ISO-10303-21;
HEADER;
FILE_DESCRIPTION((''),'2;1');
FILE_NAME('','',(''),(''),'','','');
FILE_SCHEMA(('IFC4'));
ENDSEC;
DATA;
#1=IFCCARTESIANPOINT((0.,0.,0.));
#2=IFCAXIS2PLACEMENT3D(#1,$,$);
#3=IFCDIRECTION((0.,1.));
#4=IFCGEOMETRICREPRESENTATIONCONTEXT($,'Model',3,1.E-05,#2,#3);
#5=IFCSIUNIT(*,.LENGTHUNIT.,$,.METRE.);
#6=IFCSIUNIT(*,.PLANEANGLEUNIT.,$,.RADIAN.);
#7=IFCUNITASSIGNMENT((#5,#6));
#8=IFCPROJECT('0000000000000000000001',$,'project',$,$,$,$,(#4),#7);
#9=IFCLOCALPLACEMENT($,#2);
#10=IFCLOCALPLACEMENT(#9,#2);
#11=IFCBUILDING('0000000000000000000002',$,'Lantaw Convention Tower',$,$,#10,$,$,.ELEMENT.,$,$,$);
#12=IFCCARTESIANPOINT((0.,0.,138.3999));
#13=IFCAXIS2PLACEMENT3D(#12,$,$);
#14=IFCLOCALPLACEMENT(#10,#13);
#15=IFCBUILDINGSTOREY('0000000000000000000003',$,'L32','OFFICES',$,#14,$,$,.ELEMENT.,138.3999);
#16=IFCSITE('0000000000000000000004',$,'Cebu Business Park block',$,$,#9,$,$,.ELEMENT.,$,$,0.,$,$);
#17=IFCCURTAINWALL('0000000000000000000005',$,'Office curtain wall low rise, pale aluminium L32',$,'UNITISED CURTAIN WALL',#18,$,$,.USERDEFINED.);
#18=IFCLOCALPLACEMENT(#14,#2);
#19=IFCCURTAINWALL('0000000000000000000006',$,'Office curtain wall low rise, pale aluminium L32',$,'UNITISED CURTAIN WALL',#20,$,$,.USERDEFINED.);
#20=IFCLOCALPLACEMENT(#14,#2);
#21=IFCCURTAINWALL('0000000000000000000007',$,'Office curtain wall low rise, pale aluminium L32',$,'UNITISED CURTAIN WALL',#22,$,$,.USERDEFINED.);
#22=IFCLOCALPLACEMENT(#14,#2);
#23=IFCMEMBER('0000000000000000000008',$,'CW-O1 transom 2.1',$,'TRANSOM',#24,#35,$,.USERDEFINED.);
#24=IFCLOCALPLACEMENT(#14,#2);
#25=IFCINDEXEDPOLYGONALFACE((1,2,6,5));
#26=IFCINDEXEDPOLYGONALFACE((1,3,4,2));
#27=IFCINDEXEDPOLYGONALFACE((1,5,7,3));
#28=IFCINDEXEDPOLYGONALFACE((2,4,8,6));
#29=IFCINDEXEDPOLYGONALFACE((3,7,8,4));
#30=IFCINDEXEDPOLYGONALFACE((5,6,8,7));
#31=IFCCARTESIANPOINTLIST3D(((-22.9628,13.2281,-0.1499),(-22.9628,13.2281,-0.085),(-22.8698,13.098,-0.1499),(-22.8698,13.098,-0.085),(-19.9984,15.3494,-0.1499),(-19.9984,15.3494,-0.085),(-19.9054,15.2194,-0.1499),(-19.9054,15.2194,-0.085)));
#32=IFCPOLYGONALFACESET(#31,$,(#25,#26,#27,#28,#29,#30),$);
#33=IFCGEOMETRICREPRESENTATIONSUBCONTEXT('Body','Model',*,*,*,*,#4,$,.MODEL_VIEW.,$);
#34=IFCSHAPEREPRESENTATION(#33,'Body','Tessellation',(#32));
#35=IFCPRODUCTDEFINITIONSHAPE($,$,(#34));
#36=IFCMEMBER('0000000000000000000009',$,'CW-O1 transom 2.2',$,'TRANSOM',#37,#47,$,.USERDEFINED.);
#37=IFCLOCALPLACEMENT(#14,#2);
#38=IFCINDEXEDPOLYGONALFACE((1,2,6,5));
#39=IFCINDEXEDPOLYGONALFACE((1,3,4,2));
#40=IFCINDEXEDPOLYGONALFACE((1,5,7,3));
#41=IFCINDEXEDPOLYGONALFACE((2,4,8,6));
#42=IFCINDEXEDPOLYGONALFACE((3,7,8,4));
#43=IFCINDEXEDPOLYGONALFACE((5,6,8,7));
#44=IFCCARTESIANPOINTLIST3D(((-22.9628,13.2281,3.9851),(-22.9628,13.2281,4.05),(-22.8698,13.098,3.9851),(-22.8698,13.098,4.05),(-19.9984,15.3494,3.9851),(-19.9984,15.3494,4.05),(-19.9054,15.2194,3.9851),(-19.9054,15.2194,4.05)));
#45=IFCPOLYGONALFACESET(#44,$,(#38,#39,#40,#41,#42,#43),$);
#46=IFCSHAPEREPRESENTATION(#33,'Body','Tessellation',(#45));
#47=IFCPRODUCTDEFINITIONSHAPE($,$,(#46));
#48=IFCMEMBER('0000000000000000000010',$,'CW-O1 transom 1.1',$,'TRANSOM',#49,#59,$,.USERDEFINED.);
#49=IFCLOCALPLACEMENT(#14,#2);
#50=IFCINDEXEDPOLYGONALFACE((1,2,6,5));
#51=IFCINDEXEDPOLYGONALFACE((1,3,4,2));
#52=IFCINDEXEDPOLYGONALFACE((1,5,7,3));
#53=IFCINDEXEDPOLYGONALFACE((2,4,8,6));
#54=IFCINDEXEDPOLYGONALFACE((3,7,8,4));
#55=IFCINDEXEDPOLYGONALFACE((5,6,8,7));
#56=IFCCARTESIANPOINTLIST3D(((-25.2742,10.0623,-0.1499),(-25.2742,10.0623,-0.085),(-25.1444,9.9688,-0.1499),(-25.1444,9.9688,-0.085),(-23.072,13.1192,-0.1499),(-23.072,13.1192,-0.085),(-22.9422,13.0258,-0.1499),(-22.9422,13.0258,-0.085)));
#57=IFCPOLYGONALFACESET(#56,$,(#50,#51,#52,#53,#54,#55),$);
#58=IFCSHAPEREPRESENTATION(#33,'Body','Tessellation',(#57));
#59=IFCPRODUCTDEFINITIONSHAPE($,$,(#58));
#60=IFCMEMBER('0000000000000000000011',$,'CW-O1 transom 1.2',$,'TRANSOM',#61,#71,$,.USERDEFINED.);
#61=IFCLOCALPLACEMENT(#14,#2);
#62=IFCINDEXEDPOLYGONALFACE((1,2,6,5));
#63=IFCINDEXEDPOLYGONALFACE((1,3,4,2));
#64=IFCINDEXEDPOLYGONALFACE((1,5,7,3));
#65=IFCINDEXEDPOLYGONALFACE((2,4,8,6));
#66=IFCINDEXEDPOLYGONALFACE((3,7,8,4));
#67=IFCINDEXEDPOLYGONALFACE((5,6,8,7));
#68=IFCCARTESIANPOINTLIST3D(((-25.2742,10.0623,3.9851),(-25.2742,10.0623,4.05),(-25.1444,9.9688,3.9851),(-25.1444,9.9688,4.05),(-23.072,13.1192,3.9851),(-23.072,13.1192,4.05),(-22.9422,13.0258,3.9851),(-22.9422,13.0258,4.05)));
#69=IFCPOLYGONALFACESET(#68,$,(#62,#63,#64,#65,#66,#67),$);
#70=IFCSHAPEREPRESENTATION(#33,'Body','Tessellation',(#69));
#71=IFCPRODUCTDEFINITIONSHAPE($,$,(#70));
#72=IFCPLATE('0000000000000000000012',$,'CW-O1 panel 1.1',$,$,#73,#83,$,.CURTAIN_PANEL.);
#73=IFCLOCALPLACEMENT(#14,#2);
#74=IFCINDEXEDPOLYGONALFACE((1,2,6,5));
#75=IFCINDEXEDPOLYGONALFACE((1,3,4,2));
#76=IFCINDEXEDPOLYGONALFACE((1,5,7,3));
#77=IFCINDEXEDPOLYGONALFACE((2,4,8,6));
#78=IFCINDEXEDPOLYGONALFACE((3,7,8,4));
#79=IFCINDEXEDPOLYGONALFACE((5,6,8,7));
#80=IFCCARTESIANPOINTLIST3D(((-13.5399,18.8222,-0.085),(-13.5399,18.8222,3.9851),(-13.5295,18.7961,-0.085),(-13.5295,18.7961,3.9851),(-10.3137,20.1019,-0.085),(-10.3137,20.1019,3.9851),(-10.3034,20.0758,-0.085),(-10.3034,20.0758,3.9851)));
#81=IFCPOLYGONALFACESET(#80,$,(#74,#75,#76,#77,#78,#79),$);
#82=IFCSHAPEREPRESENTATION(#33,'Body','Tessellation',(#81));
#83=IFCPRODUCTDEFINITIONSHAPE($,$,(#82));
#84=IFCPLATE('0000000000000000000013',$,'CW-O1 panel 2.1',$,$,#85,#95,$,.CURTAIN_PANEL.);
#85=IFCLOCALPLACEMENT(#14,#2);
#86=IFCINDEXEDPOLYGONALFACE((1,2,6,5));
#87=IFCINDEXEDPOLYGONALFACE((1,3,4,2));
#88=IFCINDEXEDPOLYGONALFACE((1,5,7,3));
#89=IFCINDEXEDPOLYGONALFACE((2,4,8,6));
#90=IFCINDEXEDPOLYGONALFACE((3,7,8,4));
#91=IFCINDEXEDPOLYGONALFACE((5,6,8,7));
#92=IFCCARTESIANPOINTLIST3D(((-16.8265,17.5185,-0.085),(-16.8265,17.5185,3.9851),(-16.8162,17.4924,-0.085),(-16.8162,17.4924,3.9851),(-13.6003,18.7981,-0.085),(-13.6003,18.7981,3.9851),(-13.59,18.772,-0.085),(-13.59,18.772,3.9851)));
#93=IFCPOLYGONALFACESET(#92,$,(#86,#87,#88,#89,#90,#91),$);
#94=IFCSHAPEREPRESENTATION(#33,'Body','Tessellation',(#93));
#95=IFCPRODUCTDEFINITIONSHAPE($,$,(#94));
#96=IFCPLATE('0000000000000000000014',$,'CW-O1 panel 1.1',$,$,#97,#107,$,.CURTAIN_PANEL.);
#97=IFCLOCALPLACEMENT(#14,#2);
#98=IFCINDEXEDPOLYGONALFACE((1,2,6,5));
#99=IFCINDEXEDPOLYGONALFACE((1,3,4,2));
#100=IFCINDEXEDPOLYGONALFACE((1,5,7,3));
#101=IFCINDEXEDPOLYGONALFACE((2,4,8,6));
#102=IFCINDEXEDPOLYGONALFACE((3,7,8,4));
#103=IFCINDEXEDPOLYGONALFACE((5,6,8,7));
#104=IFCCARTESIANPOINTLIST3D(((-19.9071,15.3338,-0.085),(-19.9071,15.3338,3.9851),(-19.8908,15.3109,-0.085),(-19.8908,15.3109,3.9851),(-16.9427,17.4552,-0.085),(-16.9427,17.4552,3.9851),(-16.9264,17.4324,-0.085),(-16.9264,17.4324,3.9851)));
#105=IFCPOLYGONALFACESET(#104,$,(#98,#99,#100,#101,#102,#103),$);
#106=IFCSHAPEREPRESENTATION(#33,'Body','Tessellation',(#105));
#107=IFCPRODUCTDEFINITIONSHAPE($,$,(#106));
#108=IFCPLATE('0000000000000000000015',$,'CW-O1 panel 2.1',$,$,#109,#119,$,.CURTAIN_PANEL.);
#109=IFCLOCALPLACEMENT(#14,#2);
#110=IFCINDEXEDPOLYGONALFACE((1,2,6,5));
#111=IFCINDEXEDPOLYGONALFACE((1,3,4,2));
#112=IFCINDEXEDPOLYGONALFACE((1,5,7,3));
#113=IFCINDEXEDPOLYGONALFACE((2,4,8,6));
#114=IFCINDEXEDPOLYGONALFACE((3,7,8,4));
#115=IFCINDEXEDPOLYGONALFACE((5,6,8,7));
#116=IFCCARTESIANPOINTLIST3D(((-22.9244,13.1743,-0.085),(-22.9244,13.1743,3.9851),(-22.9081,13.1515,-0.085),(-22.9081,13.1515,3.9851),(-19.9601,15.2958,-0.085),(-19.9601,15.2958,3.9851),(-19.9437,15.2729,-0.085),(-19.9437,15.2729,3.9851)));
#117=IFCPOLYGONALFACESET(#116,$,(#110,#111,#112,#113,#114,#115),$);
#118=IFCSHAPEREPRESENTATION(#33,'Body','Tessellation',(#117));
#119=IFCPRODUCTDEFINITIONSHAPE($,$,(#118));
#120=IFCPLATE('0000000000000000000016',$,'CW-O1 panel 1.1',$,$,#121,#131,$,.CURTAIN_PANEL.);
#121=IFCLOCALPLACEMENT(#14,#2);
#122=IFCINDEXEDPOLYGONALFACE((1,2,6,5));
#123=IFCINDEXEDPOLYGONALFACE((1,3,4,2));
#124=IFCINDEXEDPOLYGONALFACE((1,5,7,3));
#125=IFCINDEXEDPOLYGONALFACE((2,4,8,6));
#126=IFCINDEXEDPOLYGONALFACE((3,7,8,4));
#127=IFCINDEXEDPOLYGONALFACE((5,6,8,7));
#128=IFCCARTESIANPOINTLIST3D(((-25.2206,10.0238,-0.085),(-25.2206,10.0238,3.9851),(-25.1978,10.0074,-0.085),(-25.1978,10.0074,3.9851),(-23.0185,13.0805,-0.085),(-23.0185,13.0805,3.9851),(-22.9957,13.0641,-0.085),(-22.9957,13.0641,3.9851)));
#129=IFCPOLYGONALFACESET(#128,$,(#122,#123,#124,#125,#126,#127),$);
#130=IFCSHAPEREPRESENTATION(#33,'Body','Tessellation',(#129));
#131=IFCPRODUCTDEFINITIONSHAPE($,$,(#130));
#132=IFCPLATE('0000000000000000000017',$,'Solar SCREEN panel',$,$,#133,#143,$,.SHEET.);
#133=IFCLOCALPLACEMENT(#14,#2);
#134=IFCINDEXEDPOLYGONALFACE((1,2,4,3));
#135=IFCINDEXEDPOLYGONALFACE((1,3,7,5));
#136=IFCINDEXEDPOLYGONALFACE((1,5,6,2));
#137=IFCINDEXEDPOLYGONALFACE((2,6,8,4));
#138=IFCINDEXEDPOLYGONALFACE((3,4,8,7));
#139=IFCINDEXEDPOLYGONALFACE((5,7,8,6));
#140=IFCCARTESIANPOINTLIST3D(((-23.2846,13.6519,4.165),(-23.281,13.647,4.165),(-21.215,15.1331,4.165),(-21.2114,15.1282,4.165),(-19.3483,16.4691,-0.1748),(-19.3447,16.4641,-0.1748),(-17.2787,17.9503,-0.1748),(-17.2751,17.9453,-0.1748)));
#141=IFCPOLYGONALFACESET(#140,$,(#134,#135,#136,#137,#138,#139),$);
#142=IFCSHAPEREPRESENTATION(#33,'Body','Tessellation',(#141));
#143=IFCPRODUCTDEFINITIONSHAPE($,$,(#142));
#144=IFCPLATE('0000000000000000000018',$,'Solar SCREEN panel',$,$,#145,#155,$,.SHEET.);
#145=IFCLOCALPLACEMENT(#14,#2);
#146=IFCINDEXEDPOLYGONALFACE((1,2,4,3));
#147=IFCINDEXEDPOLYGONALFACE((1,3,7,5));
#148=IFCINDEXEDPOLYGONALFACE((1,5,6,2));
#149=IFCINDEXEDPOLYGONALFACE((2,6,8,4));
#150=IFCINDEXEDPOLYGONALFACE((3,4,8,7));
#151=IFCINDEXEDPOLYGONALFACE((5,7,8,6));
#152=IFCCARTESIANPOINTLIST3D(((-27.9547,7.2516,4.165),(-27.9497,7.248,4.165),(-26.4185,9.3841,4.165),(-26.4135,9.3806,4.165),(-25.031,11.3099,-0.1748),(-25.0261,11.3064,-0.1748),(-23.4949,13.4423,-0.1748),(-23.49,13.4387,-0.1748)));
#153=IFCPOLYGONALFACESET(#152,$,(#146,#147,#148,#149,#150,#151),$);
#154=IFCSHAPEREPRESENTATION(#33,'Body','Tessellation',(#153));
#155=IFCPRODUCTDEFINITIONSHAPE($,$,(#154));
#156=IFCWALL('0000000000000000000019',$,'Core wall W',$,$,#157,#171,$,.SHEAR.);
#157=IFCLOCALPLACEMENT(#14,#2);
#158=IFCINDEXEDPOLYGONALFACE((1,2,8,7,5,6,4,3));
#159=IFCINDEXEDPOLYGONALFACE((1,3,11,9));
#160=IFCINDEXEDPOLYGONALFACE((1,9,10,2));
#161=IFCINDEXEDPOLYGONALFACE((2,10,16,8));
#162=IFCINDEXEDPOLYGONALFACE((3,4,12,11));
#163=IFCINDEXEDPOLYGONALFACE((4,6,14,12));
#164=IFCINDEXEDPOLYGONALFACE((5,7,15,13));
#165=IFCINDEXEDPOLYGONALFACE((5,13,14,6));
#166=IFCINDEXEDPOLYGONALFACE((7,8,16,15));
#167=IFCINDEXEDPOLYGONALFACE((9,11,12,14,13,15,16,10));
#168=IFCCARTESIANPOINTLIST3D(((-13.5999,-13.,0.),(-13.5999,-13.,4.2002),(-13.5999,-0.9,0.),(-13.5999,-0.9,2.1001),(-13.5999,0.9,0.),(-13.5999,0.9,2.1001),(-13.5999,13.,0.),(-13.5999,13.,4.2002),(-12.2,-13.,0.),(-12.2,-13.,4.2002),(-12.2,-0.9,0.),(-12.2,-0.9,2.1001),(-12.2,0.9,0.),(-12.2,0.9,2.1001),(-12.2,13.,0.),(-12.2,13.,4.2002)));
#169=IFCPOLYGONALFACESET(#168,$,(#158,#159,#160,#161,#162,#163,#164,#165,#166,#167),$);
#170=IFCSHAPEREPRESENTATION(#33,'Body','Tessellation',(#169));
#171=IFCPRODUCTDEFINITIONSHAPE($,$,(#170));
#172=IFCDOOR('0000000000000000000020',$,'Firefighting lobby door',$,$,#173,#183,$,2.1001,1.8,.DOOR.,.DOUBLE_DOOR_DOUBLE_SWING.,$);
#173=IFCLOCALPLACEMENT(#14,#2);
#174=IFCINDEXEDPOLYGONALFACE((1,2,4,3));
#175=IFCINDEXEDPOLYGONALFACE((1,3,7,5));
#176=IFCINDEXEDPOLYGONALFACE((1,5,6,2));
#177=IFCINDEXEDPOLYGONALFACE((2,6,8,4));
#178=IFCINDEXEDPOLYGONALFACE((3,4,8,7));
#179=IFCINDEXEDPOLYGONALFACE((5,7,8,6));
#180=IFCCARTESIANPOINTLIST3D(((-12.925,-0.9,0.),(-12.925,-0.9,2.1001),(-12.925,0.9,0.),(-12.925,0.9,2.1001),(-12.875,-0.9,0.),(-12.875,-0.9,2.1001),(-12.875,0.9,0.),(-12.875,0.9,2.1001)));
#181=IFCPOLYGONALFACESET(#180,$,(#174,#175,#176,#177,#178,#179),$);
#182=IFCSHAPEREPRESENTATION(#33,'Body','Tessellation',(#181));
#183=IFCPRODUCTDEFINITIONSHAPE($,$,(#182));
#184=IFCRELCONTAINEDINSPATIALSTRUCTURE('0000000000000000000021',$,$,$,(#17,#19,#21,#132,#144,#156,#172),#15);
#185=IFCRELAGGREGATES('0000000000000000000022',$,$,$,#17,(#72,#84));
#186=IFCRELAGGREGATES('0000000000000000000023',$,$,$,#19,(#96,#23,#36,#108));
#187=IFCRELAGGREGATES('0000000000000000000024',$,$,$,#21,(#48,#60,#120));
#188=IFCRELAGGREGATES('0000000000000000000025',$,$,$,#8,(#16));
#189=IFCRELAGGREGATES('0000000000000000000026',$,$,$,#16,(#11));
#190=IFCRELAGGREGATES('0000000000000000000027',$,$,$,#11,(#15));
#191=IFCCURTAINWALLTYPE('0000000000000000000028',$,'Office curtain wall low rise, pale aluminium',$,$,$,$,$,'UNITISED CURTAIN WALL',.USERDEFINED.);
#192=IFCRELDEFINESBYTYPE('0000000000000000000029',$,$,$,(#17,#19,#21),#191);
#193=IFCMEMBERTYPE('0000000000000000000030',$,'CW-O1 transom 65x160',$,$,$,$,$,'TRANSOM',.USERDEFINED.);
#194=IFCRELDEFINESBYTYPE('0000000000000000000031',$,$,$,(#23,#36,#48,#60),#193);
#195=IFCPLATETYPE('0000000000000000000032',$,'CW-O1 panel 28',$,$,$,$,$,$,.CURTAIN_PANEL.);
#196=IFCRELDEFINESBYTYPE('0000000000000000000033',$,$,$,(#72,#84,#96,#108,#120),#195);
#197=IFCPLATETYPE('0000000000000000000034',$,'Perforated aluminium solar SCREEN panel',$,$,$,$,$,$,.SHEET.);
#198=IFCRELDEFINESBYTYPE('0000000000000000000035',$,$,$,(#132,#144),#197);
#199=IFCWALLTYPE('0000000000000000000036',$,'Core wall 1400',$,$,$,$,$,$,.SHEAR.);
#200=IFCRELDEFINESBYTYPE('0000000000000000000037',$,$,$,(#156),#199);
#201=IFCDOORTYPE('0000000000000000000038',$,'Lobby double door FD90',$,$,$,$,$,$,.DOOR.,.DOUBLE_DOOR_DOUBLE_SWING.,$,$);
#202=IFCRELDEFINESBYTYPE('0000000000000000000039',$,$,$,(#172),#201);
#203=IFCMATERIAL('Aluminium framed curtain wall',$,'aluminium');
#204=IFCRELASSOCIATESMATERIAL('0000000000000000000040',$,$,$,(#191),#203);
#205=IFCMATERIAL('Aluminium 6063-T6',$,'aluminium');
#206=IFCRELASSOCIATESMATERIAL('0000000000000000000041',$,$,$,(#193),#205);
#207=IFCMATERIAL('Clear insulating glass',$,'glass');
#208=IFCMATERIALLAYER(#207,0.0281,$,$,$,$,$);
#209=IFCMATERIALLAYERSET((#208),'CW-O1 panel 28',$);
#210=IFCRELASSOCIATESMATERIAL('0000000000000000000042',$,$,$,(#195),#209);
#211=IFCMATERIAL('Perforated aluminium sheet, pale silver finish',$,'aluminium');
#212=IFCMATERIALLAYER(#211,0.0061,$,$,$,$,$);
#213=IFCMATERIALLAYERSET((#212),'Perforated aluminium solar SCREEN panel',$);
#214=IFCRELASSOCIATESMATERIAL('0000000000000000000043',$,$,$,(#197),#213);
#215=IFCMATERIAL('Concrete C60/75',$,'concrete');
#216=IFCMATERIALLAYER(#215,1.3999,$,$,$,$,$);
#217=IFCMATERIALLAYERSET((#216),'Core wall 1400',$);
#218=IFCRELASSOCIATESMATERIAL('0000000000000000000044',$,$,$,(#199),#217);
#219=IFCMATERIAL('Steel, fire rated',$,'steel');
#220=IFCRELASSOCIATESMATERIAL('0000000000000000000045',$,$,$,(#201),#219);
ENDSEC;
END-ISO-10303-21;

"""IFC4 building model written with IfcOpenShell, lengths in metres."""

from ifc_helpers import new_model, si_unit, direction, frame, frame_2d, origin, origin_2d, place, context, subcontext, project, spatial, polyline, rectangle, outline, extrude, material, layer, layer_set, material_profile, profile_set, type_object, element, fill, aggregate, save


model = new_model("IFC4")

# Units and contexts
model_context = context("Model", 3, precision=1e-05, world=origin(), true_north=direction((0.0, 1.0)))
body_context = subcontext(model_context, "Body", "Model", "MODEL_VIEW")
ifc_project = project(units=[si_unit("LENGTHUNIT", "METRE"), si_unit("PLANEANGLEUNIT", "RADIAN")], contexts=[model_context])

# Site, building, storey
site_placement = place(None, origin())
site = spatial("IfcSite", under=ifc_project, at=site_placement, Name="Cebu Business Park block", CompositionType="ELEMENT", RefElevation=0.0)
building_placement = place(site_placement, origin())
building = spatial("IfcBuilding", under=site, at=building_placement, Name="Lantaw Convention Tower", CompositionType="ELEMENT")
storey_placement = place(building_placement, frame((0.0, 0.0, 138.3999)))
storey = spatial("IfcBuildingStorey", under=building, at=storey_placement, Name="L32", Description="OFFICES", CompositionType="ELEMENT", Elevation=138.3999)

# Shared definitions
ifc_material_1 = material(Name="Concrete C60/75", Category="concrete")

# Curtain walls
ifc_material_2 = material(Name="Aluminium framed curtain wall", Category="aluminium")
curtain_wall_type = type_object("IfcCurtainWallType", Name="Office curtain wall low rise, pale aluminium", ElementType="UNITISED CURTAIN WALL", PredefinedType="USERDEFINED", material=ifc_material_2)
curtain_wall_1_placement = place(storey_placement, origin())
curtain_wall_1 = element("IfcCurtainWall", 1, at=curtain_wall_1_placement, inside=storey, type_object=curtain_wall_type, Name="Office curtain wall low rise, pale aluminium L32", ObjectType="UNITISED CURTAIN WALL", PredefinedType="USERDEFINED")
ifc_material_3 = material(Name="Aluminium 6063-T6", Category="aluminium")
curtain_wall_2_placement = place(storey_placement, origin())
curtain_wall_2 = element("IfcCurtainWall", 2, at=curtain_wall_2_placement, inside=storey, type_object=curtain_wall_type, Name="Office curtain wall low rise, pale aluminium L32", ObjectType="UNITISED CURTAIN WALL", PredefinedType="USERDEFINED")
curtain_wall_3_placement = place(storey_placement, origin())
curtain_wall_3 = element("IfcCurtainWall", 3, at=curtain_wall_3_placement, inside=storey, type_object=curtain_wall_type, Name="Office curtain wall low rise, pale aluminium L32", ObjectType="UNITISED CURTAIN WALL", PredefinedType="USERDEFINED")

# Members
ifc_material_profile_1 = material_profile(ifc_material_3, rectangle(XDim=0.1599, YDim=0.0649, at=origin_2d()), Name="CW-O1 transom 65x160")
ifc_profile_set_1 = profile_set([ifc_material_profile_1], Name="Aluminium 6063-T6")
member_type_1 = type_object("IfcMemberType", Name="CW-O1 transom 65x160", ElementType="TRANSOM", PredefinedType="USERDEFINED", material=ifc_profile_set_1)
member_1_placement = place(storey_placement, frame((-19.9519, 15.2844, -0.1174), z_axis=(-0.813222, -0.581954, 0.0), x_axis=(0.581954, -0.813222, 0.0)))
member_1 = element("IfcMember", 4, at=member_1_placement, type_object=member_type_1, Name="CW-O1 transom 2.1", ObjectType="TRANSOM", PredefinedType="USERDEFINED", context=body_context, shape_type="SweptSolid", body=[
    extrude(rectangle(XDim=0.1599, YDim=0.0649, at=origin_2d()), origin(), (0.0, 0.0, 1.0), 3.6453),
])
member_2_placement = place(storey_placement, frame((-19.9519, 15.2844, 4.0176), z_axis=(-0.813222, -0.581954, 0.0), x_axis=(0.581954, -0.813222, 0.0)))
member_2 = element("IfcMember", 5, at=member_2_placement, type_object=member_type_1, Name="CW-O1 transom 2.2", ObjectType="TRANSOM", PredefinedType="USERDEFINED", context=body_context, shape_type="SweptSolid", body=[
    extrude(rectangle(XDim=0.1599, YDim=0.0649, at=origin_2d()), origin(), (0.0, 0.0, 1.0), 3.6453),
])
member_3_placement = place(storey_placement, frame((-23.0071, 13.0725, -0.1174), z_axis=(-0.584513, -0.811384, 0.0), x_axis=(0.811384, -0.584513, 0.0)))
member_3 = element("IfcMember", 6, at=member_3_placement, type_object=member_type_1, Name="CW-O1 transom 1.1", ObjectType="TRANSOM", PredefinedType="USERDEFINED", context=body_context, shape_type="SweptSolid", body=[
    extrude(rectangle(XDim=0.1599, YDim=0.0649, at=origin_2d()), origin(), (0.0, 0.0, 1.0), 3.7676),
])
member_4_placement = place(storey_placement, frame((-23.0071, 13.0725, 4.0176), z_axis=(-0.584513, -0.811384, 0.0), x_axis=(0.811384, -0.584513, 0.0)))
member_4 = element("IfcMember", 7, at=member_4_placement, type_object=member_type_1, Name="CW-O1 transom 1.2", ObjectType="TRANSOM", PredefinedType="USERDEFINED", context=body_context, shape_type="SweptSolid", body=[
    extrude(rectangle(XDim=0.1599, YDim=0.0649, at=origin_2d()), origin(), (0.0, 0.0, 1.0), 3.7676),
])

# Plates
ifc_material_4 = material(Name="Clear insulating glass", Category="glass")
ifc_layer_1 = layer(ifc_material_4, 0.0281)
ifc_layer_set_1 = layer_set([ifc_layer_1], Name="CW-O1 panel 28")
plate_type_1 = type_object("IfcPlateType", Name="CW-O1 panel 28", PredefinedType="CURTAIN_PANEL", material=ifc_layer_set_1)
plate_1_placement = place(storey_placement, frame((-11.9216, 19.449, -0.085), z_axis=(0.0, 0.0, 1.0), x_axis=(-0.929548, -0.368702, 0.0)))
plate_1 = element("IfcPlate", 8, at=plate_1_placement, type_object=plate_type_1, Name="CW-O1 panel 1.1", PredefinedType="CURTAIN_PANEL", context=body_context, shape_type="SweptSolid", body=[
    extrude(rectangle(XDim=3.4707, YDim=0.0281, at=origin_2d()), origin(), (0.0, 0.0, 1.0), 4.0701),
])
plate_2_placement = place(storey_placement, frame((-15.2083, 18.1453, -0.085), z_axis=(0.0, 0.0, 1.0), x_axis=(-0.929548, -0.368702, 0.0)))
plate_2 = element("IfcPlate", 9, at=plate_2_placement, type_object=plate_type_1, Name="CW-O1 panel 2.1", PredefinedType="CURTAIN_PANEL", context=body_context, shape_type="SweptSolid", body=[
    extrude(rectangle(XDim=3.4707, YDim=0.0281, at=origin_2d()), origin(), (0.0, 0.0, 1.0), 4.0701),
])
aggregate(curtain_wall_1, [plate_1, plate_2])
plate_3_placement = place(storey_placement, frame((-18.4167, 16.3831, -0.085), z_axis=(0.0, 0.0, 1.0), x_axis=(-0.813208, -0.581973, 0.0)))
plate_3 = element("IfcPlate", 10, at=plate_3_placement, type_object=plate_type_1, Name="CW-O1 panel 1.1", PredefinedType="CURTAIN_PANEL", context=body_context, shape_type="SweptSolid", body=[
    extrude(rectangle(XDim=3.6453, YDim=0.0281, at=origin_2d()), origin(), (0.0, 0.0, 1.0), 4.0701),
])
plate_4_placement = place(storey_placement, frame((-21.4341, 14.2236, -0.085), z_axis=(0.0, 0.0, 1.0), x_axis=(-0.813208, -0.581973, 0.0)))
plate_4 = element("IfcPlate", 11, at=plate_4_placement, type_object=plate_type_1, Name="CW-O1 panel 2.1", PredefinedType="CURTAIN_PANEL", context=body_context, shape_type="SweptSolid", body=[
    extrude(rectangle(XDim=3.6453, YDim=0.0281, at=origin_2d()), origin(), (0.0, 0.0, 1.0), 4.0701),
])
aggregate(curtain_wall_2, [plate_3, member_1, member_2, plate_4])
plate_5_placement = place(storey_placement, frame((-24.1082, 11.5439, -0.085), z_axis=(0.0, 0.0, 1.0), x_axis=(-0.584513, -0.811385, 0.0)))
plate_5 = element("IfcPlate", 12, at=plate_5_placement, type_object=plate_type_1, Name="CW-O1 panel 1.1", PredefinedType="CURTAIN_PANEL", context=body_context, shape_type="SweptSolid", body=[
    extrude(rectangle(XDim=3.7673, YDim=0.0281, at=origin_2d()), origin(), (0.0, 0.0, 1.0), 4.0701),
])
aggregate(curtain_wall_3, [member_3, member_4, plate_5])

# Plates
ifc_material_5 = material(Name="Perforated aluminium sheet, pale silver finish", Category="aluminium")
ifc_layer_2 = layer(ifc_material_5, 0.0061)
ifc_layer_set_2 = layer_set([ifc_layer_2], Name="Perforated aluminium solar SCREEN panel")
plate_type_2 = type_object("IfcPlateType", Name="Perforated aluminium solar SCREEN panel", PredefinedType="SHEET", material=ifc_layer_set_2)
plate_6_placement = place(storey_placement, frame((-17.2751, 17.9453, -0.1748), z_axis=(0.582, -0.813189, 0.000012), x_axis=(-0.813189, -0.582, 0.0)))
element("IfcPlate", 13, at=plate_6_placement, inside=storey, type_object=plate_type_2, Name="Solar SCREEN panel", PredefinedType="SHEET", context=body_context, shape_type="SweptSolid", body=[
    extrude(outline(polyline([(0.0, 0.0), (2.545, 0.0), (7.3855, -4.3398), (4.8405, -4.3398), (0.0, 0.0)])), origin(), (0.0, 0.0, -1.0), 0.0061),
])
plate_7_placement = place(storey_placement, frame((-23.49, 13.4387, -0.1748), z_axis=(0.811395, -0.584498, 0.000036), x_axis=(-0.584498, -0.811395, 0.0)))
element("IfcPlate", 14, at=plate_7_placement, inside=storey, type_object=plate_type_2, Name="Solar SCREEN panel", PredefinedType="SHEET", context=body_context, shape_type="SweptSolid", body=[
    extrude(outline(polyline([(0.0, 0.0), (2.628, 0.0), (7.6298, -4.3398), (5.0016, -4.3398), (0.0, 0.0)])), origin(), (0.0, 0.0, -1.0), 0.0061),
])

# Wall, opening, door
ifc_layer_3 = layer(ifc_material_1, 1.3999)
ifc_layer_set_3 = layer_set([ifc_layer_3], Name="Core wall 1400")
wall_type_1 = type_object("IfcWallType", Name="Core wall 1400", PredefinedType="SHEAR", material=ifc_layer_set_3)
wall_1_placement = place(storey_placement, frame((-12.8999, 13.0, 0.0), z_axis=(0.0, 0.0, 1.0), x_axis=(0.0, -1.0, 0.0)))
wall_1 = element("IfcWall", 15, at=wall_1_placement, inside=storey, type_object=wall_type_1, Name="Core wall W", PredefinedType="SHEAR", context=body_context, shape_type="SweptSolid", body=[
    extrude(rectangle(XDim=26.0, YDim=1.3999, at=frame_2d((13.0, 0.0))), origin(), (0.0, 0.0, 1.0), 4.2002),
])
opening_placement = place(wall_1_placement, frame((12.1001, 0.0, 0.0)))
opening = element("IfcOpeningElement", 16, at=opening_placement, cuts=wall_1, PredefinedType="OPENING", context=body_context, shape_type="SweptSolid", body=[
    extrude(rectangle(XDim=1.8, YDim=2.1001, at=frame_2d((0.8999, 1.05))), frame((0.0, 0.71, 0.0), z_axis=(0.0, -1.0, 0.0), x_axis=(1.0, 0.0, 0.0)), (0.0, 0.0, 1.0), 1.4199),
])
ifc_material_6 = material(Name="Steel, fire rated", Category="steel")
door_type = type_object("IfcDoorType", Name="Lobby double door FD90", OperationType="DOUBLE_DOOR_DOUBLE_SWING", PredefinedType="DOOR", material=ifc_material_6)
door_placement = place(opening_placement, origin())
door = element("IfcDoor", 17, at=door_placement, inside=storey, type_object=door_type, Name="Firefighting lobby door", OperationType="DOUBLE_DOOR_DOUBLE_SWING", OverallHeight=2.1001, OverallWidth=1.8, PredefinedType="DOOR", context=body_context, shape_type="SweptSolid", body=[
    extrude(rectangle(XDim=1.8, YDim=2.1001, at=frame_2d((0.8999, 1.05))), frame((0.0, 0.0249, 0.0), z_axis=(0.0, -1.0, 0.0), x_axis=(1.0, 0.0, 0.0)), (0.0, 0.0, 1.0), 0.05),
])
fill(opening, door)

save(model, "model.ifc")
